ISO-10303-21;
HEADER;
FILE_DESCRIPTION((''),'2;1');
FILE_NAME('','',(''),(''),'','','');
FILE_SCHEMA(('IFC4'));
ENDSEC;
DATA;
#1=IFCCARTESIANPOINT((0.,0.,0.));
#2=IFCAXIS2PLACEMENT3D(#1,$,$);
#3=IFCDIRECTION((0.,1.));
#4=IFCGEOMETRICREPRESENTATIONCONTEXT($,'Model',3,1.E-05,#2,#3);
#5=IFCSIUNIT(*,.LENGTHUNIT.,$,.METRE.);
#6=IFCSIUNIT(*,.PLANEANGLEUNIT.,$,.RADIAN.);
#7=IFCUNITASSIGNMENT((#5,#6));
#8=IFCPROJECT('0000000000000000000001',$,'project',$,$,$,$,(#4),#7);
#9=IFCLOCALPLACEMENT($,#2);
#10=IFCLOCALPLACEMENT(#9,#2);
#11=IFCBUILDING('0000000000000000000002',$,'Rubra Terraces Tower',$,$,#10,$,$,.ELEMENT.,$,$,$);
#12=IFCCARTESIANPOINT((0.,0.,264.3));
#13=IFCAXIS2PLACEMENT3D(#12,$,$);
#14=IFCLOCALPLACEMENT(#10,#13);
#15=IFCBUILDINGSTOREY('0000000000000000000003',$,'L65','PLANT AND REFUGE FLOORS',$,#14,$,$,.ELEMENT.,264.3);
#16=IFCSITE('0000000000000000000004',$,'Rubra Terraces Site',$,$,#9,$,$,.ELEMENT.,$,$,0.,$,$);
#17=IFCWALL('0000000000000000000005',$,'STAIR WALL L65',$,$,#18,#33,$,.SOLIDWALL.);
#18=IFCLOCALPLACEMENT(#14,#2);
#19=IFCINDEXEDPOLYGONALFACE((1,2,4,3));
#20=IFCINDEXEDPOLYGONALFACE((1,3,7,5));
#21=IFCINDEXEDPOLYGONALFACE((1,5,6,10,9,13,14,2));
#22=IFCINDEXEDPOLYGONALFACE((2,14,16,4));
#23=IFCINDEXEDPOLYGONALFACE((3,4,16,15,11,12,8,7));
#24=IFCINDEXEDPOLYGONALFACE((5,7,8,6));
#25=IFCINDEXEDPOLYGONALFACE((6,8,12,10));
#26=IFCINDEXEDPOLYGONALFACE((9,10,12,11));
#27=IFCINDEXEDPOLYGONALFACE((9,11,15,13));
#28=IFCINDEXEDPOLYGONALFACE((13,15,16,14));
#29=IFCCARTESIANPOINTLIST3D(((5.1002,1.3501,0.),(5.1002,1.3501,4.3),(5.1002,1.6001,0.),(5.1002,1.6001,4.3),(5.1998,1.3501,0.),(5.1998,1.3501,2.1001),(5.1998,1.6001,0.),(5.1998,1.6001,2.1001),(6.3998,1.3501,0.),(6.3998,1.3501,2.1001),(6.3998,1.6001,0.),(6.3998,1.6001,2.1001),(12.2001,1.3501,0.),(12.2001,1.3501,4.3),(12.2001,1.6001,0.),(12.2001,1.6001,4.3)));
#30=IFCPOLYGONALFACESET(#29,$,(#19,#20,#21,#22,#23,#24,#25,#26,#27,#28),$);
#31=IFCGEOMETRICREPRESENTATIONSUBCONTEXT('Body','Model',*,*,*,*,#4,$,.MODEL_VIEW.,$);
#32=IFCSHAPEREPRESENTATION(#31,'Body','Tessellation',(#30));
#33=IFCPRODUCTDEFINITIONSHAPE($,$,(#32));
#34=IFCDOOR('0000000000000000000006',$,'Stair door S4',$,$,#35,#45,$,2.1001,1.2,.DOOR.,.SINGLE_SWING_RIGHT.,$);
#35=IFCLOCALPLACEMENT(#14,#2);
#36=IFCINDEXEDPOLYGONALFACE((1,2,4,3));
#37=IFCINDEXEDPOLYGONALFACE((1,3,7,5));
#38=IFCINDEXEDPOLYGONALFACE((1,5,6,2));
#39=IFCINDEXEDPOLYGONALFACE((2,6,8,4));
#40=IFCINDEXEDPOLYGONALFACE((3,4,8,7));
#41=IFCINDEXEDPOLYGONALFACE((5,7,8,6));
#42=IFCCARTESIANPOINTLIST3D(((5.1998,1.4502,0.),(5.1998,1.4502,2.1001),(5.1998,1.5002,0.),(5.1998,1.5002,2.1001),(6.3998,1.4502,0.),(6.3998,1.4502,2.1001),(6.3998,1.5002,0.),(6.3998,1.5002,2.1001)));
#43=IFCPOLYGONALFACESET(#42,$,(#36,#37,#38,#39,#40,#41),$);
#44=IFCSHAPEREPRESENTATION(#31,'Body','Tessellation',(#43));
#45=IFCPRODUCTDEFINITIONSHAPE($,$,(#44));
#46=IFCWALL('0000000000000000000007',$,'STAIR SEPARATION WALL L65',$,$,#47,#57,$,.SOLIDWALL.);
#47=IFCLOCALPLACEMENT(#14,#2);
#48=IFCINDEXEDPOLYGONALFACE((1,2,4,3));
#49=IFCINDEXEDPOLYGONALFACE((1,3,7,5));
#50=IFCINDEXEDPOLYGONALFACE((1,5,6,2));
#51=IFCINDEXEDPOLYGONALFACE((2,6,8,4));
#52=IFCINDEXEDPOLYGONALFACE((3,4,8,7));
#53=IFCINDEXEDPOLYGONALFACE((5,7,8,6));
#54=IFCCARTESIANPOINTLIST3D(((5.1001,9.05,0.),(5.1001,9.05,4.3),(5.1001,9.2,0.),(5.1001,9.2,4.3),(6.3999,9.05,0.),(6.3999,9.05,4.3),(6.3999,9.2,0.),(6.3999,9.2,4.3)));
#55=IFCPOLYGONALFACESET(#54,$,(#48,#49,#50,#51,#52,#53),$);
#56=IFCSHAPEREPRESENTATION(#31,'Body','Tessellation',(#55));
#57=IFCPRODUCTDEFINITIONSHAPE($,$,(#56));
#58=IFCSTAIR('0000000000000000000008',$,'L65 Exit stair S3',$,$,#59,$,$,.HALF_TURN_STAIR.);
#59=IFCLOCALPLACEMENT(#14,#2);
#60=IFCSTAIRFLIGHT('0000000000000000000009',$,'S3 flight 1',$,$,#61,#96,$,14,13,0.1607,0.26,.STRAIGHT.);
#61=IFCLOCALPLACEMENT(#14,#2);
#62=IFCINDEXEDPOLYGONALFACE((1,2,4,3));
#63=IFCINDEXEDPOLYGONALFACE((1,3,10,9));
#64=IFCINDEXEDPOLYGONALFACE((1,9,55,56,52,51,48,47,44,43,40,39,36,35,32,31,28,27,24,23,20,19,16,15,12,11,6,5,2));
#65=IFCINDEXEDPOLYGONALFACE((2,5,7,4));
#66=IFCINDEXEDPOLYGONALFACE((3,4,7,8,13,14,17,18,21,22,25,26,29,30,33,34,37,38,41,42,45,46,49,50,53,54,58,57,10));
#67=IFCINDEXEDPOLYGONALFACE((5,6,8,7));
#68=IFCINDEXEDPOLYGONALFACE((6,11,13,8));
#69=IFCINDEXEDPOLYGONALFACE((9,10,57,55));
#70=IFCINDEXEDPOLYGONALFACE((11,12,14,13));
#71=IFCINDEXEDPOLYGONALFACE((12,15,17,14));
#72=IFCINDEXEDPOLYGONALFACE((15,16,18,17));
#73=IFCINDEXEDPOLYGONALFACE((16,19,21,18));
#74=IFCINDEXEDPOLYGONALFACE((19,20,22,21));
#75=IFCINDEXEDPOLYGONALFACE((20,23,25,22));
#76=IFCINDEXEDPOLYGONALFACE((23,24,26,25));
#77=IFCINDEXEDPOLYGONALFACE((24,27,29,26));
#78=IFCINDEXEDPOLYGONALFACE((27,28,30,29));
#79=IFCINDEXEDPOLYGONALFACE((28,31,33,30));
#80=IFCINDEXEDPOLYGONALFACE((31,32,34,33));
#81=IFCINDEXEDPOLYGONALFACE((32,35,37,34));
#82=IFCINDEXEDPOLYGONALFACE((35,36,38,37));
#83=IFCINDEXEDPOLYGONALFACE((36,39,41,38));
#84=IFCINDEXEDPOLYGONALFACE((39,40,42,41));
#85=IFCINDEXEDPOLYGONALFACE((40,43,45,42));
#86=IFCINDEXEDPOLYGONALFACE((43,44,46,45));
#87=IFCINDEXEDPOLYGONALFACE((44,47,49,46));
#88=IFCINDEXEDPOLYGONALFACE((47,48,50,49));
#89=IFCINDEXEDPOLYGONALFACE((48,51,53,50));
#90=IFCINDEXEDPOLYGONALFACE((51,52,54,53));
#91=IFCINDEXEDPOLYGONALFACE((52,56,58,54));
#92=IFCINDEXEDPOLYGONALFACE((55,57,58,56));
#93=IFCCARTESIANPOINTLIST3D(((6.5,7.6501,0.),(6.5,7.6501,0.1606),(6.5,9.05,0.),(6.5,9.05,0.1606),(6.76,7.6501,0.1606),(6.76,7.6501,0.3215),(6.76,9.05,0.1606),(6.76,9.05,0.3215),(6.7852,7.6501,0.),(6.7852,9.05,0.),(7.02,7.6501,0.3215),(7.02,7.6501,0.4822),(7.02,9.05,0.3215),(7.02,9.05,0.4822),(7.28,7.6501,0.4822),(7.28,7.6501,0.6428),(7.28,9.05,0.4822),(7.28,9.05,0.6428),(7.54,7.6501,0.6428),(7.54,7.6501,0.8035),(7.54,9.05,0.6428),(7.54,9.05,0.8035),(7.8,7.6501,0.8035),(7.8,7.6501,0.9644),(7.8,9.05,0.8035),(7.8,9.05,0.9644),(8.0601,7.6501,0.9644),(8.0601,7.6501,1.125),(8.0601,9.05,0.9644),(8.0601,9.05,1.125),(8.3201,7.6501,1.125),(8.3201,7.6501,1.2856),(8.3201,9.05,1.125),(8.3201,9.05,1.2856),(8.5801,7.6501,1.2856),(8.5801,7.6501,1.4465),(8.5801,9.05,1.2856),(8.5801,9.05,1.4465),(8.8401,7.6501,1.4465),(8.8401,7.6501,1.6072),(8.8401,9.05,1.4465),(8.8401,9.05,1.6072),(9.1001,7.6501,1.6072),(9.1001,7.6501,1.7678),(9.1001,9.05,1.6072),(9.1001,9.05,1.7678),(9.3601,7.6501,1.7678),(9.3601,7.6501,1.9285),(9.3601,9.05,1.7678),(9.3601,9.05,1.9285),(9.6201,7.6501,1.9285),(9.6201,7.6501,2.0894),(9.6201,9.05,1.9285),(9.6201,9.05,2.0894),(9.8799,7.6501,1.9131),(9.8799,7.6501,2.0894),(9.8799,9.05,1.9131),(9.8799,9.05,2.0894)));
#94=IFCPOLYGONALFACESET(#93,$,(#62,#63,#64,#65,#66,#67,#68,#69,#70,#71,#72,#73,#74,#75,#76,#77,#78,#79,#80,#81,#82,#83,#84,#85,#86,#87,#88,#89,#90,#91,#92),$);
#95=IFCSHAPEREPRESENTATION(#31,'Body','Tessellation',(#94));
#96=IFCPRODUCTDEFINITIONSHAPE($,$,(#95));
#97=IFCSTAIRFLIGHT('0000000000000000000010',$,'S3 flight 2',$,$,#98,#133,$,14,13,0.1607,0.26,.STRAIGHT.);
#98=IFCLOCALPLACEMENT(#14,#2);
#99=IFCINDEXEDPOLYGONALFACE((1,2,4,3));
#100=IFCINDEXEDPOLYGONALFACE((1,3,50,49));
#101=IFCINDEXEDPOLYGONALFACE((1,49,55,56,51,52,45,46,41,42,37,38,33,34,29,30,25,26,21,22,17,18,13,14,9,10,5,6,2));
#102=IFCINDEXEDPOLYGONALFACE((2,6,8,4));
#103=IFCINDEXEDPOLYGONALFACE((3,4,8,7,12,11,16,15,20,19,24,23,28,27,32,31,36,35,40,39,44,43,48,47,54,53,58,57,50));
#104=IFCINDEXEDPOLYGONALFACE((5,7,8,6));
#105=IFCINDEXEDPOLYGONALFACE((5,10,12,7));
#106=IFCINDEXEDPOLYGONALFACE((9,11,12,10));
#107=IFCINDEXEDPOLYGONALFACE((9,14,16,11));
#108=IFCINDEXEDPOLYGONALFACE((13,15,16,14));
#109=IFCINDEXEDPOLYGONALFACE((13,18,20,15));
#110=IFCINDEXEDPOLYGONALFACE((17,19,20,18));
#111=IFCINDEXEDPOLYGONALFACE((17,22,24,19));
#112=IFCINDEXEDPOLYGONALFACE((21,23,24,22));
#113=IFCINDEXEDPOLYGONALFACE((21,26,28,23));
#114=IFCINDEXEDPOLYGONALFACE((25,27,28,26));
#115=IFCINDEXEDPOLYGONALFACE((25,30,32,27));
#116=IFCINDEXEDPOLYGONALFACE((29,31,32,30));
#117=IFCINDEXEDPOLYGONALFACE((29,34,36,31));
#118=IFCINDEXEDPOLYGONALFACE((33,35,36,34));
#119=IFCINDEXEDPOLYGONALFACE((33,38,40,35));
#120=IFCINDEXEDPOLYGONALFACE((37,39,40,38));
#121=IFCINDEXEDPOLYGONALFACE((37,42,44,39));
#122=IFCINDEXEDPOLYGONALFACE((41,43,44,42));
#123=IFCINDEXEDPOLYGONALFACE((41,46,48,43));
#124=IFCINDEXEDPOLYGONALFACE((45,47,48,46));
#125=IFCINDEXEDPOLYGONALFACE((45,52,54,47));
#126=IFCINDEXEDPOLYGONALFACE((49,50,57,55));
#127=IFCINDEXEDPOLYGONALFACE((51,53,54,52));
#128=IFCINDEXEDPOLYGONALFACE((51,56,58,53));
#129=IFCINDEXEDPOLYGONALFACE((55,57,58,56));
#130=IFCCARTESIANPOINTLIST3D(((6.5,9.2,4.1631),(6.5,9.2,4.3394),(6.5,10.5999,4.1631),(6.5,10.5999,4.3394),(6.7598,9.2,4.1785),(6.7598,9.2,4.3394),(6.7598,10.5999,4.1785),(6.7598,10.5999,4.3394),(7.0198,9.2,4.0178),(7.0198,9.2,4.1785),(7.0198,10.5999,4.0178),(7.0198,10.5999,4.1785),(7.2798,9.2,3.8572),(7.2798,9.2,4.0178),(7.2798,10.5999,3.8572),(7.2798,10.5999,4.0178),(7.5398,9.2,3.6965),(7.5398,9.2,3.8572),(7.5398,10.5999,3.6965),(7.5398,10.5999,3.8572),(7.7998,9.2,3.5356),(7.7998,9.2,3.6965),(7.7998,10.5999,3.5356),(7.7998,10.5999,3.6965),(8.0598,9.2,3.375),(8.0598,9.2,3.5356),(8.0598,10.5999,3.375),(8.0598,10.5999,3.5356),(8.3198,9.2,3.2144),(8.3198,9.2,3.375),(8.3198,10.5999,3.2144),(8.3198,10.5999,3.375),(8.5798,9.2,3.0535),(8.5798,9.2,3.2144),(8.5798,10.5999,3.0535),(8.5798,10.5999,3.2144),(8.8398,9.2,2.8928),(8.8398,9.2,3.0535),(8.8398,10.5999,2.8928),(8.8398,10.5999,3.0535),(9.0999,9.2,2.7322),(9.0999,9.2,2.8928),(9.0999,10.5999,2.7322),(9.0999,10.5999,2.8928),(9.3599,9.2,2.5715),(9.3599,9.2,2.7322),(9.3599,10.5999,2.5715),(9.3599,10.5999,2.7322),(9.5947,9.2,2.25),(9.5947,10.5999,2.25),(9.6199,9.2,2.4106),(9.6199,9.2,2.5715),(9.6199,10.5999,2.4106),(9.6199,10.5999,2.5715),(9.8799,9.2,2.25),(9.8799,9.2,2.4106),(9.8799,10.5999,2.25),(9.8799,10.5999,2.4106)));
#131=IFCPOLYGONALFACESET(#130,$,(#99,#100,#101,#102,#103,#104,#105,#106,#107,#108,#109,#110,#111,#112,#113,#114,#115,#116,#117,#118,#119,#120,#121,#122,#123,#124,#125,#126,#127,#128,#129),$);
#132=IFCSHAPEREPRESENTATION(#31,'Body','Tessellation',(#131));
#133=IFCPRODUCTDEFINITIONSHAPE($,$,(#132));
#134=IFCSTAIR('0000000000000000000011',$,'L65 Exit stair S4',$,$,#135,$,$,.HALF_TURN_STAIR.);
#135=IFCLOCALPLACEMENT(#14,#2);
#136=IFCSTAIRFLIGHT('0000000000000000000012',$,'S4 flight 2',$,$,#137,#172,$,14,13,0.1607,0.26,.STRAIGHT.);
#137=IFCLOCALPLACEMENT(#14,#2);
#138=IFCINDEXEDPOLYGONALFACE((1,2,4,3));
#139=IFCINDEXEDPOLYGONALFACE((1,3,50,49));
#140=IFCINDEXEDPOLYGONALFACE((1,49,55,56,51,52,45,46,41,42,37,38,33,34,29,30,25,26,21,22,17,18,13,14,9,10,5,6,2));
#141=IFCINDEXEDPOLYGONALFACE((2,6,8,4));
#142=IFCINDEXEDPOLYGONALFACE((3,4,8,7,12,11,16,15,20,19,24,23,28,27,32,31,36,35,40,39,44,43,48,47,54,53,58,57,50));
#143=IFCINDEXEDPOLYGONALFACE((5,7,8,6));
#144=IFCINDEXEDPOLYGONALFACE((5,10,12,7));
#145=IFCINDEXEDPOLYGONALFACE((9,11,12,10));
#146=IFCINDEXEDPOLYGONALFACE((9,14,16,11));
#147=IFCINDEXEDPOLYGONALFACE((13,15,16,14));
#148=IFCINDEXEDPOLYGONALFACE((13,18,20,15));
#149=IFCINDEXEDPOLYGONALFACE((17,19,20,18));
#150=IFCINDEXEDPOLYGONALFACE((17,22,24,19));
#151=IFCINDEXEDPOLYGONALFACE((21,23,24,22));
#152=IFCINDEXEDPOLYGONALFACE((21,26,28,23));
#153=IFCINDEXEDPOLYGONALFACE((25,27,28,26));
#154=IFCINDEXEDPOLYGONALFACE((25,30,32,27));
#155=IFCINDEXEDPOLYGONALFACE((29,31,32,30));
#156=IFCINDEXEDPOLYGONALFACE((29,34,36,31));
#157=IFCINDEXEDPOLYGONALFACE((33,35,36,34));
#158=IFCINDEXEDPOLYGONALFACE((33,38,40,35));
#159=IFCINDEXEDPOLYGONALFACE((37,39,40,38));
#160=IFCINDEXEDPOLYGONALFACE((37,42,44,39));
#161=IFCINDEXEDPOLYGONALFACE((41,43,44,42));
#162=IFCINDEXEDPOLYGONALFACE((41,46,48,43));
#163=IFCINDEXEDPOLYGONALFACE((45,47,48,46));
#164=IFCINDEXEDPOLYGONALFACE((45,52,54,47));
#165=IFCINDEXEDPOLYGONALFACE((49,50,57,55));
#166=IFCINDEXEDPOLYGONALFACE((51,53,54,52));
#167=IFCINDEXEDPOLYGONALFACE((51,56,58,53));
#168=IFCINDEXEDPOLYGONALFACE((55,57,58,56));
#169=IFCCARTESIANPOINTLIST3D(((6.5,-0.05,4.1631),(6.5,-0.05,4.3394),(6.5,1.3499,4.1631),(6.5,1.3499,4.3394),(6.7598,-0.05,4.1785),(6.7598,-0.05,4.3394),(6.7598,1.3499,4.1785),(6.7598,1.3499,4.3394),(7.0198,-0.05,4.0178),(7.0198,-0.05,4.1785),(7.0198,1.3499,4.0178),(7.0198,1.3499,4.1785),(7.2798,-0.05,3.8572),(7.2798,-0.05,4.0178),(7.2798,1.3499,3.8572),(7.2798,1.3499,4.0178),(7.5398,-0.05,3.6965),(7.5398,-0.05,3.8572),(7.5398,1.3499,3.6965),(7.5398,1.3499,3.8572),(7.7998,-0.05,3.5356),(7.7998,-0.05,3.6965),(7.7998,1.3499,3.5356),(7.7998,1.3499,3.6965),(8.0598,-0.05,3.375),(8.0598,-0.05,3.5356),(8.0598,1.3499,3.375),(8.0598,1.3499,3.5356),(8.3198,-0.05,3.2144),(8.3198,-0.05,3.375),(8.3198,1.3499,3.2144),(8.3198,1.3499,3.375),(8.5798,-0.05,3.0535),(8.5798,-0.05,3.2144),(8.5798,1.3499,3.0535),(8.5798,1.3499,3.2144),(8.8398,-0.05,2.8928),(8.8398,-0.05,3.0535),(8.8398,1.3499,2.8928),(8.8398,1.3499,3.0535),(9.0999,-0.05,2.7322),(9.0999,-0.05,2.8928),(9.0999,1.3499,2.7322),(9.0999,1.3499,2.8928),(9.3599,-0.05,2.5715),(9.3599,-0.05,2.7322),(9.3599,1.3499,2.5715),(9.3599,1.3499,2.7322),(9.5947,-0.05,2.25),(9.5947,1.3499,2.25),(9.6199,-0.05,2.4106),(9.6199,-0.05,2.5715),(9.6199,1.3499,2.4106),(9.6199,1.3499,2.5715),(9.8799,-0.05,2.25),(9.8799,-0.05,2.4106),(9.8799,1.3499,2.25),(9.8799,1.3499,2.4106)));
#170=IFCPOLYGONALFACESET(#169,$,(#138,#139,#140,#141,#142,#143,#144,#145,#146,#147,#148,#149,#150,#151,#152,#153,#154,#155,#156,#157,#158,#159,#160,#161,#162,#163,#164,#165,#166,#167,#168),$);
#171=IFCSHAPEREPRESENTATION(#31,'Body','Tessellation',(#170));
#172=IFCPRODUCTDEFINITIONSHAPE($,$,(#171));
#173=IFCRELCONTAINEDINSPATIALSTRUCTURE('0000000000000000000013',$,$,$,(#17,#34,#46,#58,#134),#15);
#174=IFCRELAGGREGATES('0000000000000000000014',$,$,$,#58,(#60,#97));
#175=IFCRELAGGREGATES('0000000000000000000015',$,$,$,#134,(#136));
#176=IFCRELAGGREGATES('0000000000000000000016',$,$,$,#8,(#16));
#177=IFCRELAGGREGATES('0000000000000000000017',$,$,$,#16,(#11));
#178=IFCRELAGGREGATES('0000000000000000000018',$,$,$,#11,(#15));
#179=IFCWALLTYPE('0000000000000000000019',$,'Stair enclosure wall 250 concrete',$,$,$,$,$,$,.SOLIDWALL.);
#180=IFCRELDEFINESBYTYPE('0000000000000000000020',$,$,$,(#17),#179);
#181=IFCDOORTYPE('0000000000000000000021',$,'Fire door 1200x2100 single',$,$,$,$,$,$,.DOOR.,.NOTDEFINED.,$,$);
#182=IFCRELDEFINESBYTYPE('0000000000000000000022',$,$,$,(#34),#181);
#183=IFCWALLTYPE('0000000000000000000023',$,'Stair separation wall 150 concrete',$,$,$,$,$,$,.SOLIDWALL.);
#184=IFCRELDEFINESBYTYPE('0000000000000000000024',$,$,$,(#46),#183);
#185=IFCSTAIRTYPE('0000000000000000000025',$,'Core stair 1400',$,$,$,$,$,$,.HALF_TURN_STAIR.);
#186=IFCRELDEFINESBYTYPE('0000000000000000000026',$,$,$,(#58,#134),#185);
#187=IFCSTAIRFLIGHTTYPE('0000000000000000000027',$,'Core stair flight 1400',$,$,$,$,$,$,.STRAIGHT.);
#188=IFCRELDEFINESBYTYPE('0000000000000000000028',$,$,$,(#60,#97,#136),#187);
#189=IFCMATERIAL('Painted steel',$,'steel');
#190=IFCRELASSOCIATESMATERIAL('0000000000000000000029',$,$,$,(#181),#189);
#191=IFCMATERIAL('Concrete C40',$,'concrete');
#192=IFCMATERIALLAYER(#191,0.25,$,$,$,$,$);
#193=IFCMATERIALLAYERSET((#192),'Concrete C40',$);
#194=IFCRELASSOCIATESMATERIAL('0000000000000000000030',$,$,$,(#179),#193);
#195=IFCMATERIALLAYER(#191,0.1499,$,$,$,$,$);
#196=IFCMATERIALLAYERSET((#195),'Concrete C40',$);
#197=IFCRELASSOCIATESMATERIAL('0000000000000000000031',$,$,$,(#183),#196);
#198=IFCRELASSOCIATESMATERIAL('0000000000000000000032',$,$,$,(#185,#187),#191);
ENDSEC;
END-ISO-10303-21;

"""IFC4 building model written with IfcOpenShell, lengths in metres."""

from ifc_helpers import new_model, si_unit, direction, frame, frame_2d, origin, place, context, subcontext, project, spatial, polyline, rectangle, outline, extrude, material, layer, layer_set, type_object, element, fill, aggregate, save


model = new_model("IFC4")

# Units and contexts
model_context = context("Model", 3, precision=1e-05, world=origin(), true_north=direction((0.0, 1.0)))
body_context = subcontext(model_context, "Body", "Model", "MODEL_VIEW")
ifc_project = project(units=[si_unit("LENGTHUNIT", "METRE"), si_unit("PLANEANGLEUNIT", "RADIAN")], contexts=[model_context])

# Site, building, storey
site_placement = place(None, origin())
site = spatial("IfcSite", under=ifc_project, at=site_placement, Name="Rubra Terraces Site", CompositionType="ELEMENT", RefElevation=0.0)
building_placement = place(site_placement, origin())
building = spatial("IfcBuilding", under=site, at=building_placement, Name="Rubra Terraces Tower", CompositionType="ELEMENT")
storey_placement = place(building_placement, frame((0.0, 0.0, 264.3)))
storey = spatial("IfcBuildingStorey", under=building, at=storey_placement, Name="L65", Description="PLANT AND REFUGE FLOORS", CompositionType="ELEMENT", Elevation=264.3)

# Shared definitions
ifc_material_1 = material(Name="Concrete C40", Category="concrete")

# Shared definitions
ifc_material_2 = material(Name="Painted steel", Category="steel")
door_type_1 = type_object("IfcDoorType", Name="Fire door 1200x2100 single", OperationType="NOTDEFINED", PredefinedType="DOOR", material=ifc_material_2)

# Wall, opening, door
ifc_layer_1 = layer(ifc_material_1, 0.25)
ifc_layer_set_1 = layer_set([ifc_layer_1], Name="Concrete C40")
wall_type_1 = type_object("IfcWallType", Name="Stair enclosure wall 250 concrete", PredefinedType="SOLIDWALL", material=ifc_layer_set_1)
wall_1_placement = place(storey_placement, frame((12.2, 1.4751, 0.0), z_axis=(0.0, 0.0, 1.0), x_axis=(-1.0, 0.0, 0.0)))
wall_1 = element("IfcWall", 1, at=wall_1_placement, inside=storey, type_object=wall_type_1, Name="STAIR WALL L65", PredefinedType="SOLIDWALL", context=body_context, shape_type="SweptSolid", body=[
    extrude(rectangle(XDim=7.0999, YDim=0.25, at=frame_2d((3.5498, 0.0))), origin(), (0.0, 0.0, 1.0), 4.3),
])
opening_1_placement = place(wall_1_placement, frame((5.8, 0.0, 0.0)))
opening_1 = element("IfcOpeningElement", 2, at=opening_1_placement, cuts=wall_1, PredefinedType="OPENING", context=body_context, shape_type="SweptSolid", body=[
    extrude(rectangle(XDim=1.2, YDim=2.1001, at=frame_2d((0.6001, 1.05))), frame((0.0, 0.135, 0.0), z_axis=(0.0, -1.0, 0.0), x_axis=(1.0, 0.0, 0.0)), (0.0, 0.0, 1.0), 0.27),
])
door_1_placement = place(opening_1_placement, origin())
door_1 = element("IfcDoor", 3, at=door_1_placement, inside=storey, type_object=door_type_1, Name="Stair door S4", OperationType="SINGLE_SWING_RIGHT", OverallHeight=2.1001, OverallWidth=1.2, PredefinedType="DOOR", context=body_context, shape_type="SweptSolid", body=[
    extrude(rectangle(XDim=1.2, YDim=2.1001, at=frame_2d((0.6001, 1.05))), frame((0.0, 0.0249, 0.0), z_axis=(0.0, -1.0, 0.0), x_axis=(1.0, 0.0, 0.0)), (0.0, 0.0, 1.0), 0.05),
])
fill(opening_1, door_1)

# Wall
ifc_layer_2 = layer(ifc_material_1, 0.1499)
ifc_layer_set_2 = layer_set([ifc_layer_2], Name="Concrete C40")
wall_type_2 = type_object("IfcWallType", Name="Stair separation wall 150 concrete", PredefinedType="SOLIDWALL", material=ifc_layer_set_2)
wall_2_placement = place(storey_placement, frame((6.3999, 9.125, 0.0), z_axis=(0.0, 0.0, 1.0), x_axis=(-1.0, 0.0, 0.0)))
element("IfcWall", 4, at=wall_2_placement, inside=storey, type_object=wall_type_2, Name="STAIR SEPARATION WALL L65", PredefinedType="SOLIDWALL", context=body_context, shape_type="SweptSolid", body=[
    extrude(rectangle(XDim=1.2998, YDim=0.1499, at=frame_2d((0.6499, 0.0))), origin(), (0.0, 0.0, 1.0), 4.3),
])

# Stair, stair flights
stair_type = type_object("IfcStairType", Name="Core stair 1400", PredefinedType="HALF_TURN_STAIR", material=ifc_material_1)
stair_1_placement = place(storey_placement, origin())
stair_1 = element("IfcStair", 5, at=stair_1_placement, inside=storey, type_object=stair_type, Name="L65 Exit stair S3", PredefinedType="HALF_TURN_STAIR")
stair_flight_type = type_object("IfcStairFlightType", Name="Core stair flight 1400", PredefinedType="STRAIGHT", material=ifc_material_1)
stair_flight_1_placement = place(storey_placement, frame((6.5, 8.3501, 0.0), z_axis=(0.0, 0.0, 1.0), x_axis=(1.0, 0.0, 0.0)))
stair_flight_1 = element("IfcStairFlight", 6, at=stair_flight_1_placement, type_object=stair_flight_type, Name="S3 flight 1", NumberOfRisers=14, NumberOfTreads=13, PredefinedType="STRAIGHT", RiserHeight=0.1607, TreadLength=0.26, context=body_context, shape_type="SweptSolid", body=[
    extrude(outline(polyline([(0.0, 0.0), (0.0, 0.1606), (0.26, 0.1606), (0.26, 0.3215), (0.52, 0.3215), (0.52, 0.4822), (0.78, 0.4822), (0.78, 0.6428), (1.04, 0.6428), (1.04, 0.8035), (1.3, 0.8035), (1.3, 0.9644), (1.5601, 0.9644), (1.5601, 1.125), (1.8201, 1.125), (1.8201, 1.2856), (2.0801, 1.2856), (2.0801, 1.4465), (2.3401, 1.4465), (2.3401, 1.6072), (2.6001, 1.6072), (2.6001, 1.7678), (2.8601, 1.7678), (2.8601, 1.9285), (3.1201, 1.9285), (3.1201, 2.0894), (3.3799, 2.0894), (3.3799, 2.25), (3.3799, 1.9131), (0.2852, 0.0), (0.0, 0.0)])), frame((0.0, 0.7, 0.0), z_axis=(0.0, -1.0, 0.0), x_axis=(1.0, 0.0, 0.0)), (0.0, 0.0, 1.0), 1.3999),
])
stair_flight_2_placement = place(storey_placement, frame((9.8799, 9.8999, 2.25), z_axis=(0.0, 0.0, 1.0), x_axis=(-1.0, 0.0, 0.0)))
stair_flight_2 = element("IfcStairFlight", 7, at=stair_flight_2_placement, type_object=stair_flight_type, Name="S3 flight 2", NumberOfRisers=14, NumberOfTreads=13, PredefinedType="STRAIGHT", RiserHeight=0.1607, TreadLength=0.26, context=body_context, shape_type="SweptSolid", body=[
    extrude(outline(polyline([(0.0, 0.0), (0.0, 0.1606), (0.26, 0.1606), (0.26, 0.3215), (0.52, 0.3215), (0.52, 0.4822), (0.78, 0.4822), (0.78, 0.6428), (1.04, 0.6428), (1.04, 0.8035), (1.3, 0.8035), (1.3, 0.9644), (1.5601, 0.9644), (1.5601, 1.125), (1.8201, 1.125), (1.8201, 1.2856), (2.0801, 1.2856), (2.0801, 1.4465), (2.3401, 1.4465), (2.3401, 1.6072), (2.6001, 1.6072), (2.6001, 1.7678), (2.8601, 1.7678), (2.8601, 1.9285), (3.1201, 1.9285), (3.1201, 2.0894), (3.3799, 2.0894), (3.3799, 2.25), (3.3799, 1.9131), (0.2852, 0.0), (0.0, 0.0)])), frame((0.0, 0.7, 0.0), z_axis=(0.0, -1.0, 0.0), x_axis=(1.0, 0.0, 0.0)), (0.0, 0.0, 1.0), 1.3999),
])
aggregate(stair_1, [stair_flight_1, stair_flight_2])

# Stair, stair flight
stair_2_placement = place(storey_placement, origin())
stair_2 = element("IfcStair", 8, at=stair_2_placement, inside=storey, type_object=stair_type, Name="L65 Exit stair S4", PredefinedType="HALF_TURN_STAIR")
stair_flight_3_placement = place(storey_placement, frame((9.8799, 0.6499, 2.25), z_axis=(0.0, 0.0, 1.0), x_axis=(-1.0, 0.0, 0.0)))
stair_flight_3 = element("IfcStairFlight", 9, at=stair_flight_3_placement, type_object=stair_flight_type, Name="S4 flight 2", NumberOfRisers=14, NumberOfTreads=13, PredefinedType="STRAIGHT", RiserHeight=0.1607, TreadLength=0.26, context=body_context, shape_type="SweptSolid", body=[
    extrude(outline(polyline([(0.0, 0.0), (0.0, 0.1606), (0.26, 0.1606), (0.26, 0.3215), (0.52, 0.3215), (0.52, 0.4822), (0.78, 0.4822), (0.78, 0.6428), (1.04, 0.6428), (1.04, 0.8035), (1.3, 0.8035), (1.3, 0.9644), (1.5601, 0.9644), (1.5601, 1.125), (1.8201, 1.125), (1.8201, 1.2856), (2.0801, 1.2856), (2.0801, 1.4465), (2.3401, 1.4465), (2.3401, 1.6072), (2.6001, 1.6072), (2.6001, 1.7678), (2.8601, 1.7678), (2.8601, 1.9285), (3.1201, 1.9285), (3.1201, 2.0894), (3.3799, 2.0894), (3.3799, 2.25), (3.3799, 1.9131), (0.2852, 0.0), (0.0, 0.0)])), frame((0.0, 0.7, 0.0), z_axis=(0.0, -1.0, 0.0), x_axis=(1.0, 0.0, 0.0)), (0.0, 0.0, 1.0), 1.3999),
])
aggregate(stair_2, [stair_flight_3])

save(model, "model.ifc")
